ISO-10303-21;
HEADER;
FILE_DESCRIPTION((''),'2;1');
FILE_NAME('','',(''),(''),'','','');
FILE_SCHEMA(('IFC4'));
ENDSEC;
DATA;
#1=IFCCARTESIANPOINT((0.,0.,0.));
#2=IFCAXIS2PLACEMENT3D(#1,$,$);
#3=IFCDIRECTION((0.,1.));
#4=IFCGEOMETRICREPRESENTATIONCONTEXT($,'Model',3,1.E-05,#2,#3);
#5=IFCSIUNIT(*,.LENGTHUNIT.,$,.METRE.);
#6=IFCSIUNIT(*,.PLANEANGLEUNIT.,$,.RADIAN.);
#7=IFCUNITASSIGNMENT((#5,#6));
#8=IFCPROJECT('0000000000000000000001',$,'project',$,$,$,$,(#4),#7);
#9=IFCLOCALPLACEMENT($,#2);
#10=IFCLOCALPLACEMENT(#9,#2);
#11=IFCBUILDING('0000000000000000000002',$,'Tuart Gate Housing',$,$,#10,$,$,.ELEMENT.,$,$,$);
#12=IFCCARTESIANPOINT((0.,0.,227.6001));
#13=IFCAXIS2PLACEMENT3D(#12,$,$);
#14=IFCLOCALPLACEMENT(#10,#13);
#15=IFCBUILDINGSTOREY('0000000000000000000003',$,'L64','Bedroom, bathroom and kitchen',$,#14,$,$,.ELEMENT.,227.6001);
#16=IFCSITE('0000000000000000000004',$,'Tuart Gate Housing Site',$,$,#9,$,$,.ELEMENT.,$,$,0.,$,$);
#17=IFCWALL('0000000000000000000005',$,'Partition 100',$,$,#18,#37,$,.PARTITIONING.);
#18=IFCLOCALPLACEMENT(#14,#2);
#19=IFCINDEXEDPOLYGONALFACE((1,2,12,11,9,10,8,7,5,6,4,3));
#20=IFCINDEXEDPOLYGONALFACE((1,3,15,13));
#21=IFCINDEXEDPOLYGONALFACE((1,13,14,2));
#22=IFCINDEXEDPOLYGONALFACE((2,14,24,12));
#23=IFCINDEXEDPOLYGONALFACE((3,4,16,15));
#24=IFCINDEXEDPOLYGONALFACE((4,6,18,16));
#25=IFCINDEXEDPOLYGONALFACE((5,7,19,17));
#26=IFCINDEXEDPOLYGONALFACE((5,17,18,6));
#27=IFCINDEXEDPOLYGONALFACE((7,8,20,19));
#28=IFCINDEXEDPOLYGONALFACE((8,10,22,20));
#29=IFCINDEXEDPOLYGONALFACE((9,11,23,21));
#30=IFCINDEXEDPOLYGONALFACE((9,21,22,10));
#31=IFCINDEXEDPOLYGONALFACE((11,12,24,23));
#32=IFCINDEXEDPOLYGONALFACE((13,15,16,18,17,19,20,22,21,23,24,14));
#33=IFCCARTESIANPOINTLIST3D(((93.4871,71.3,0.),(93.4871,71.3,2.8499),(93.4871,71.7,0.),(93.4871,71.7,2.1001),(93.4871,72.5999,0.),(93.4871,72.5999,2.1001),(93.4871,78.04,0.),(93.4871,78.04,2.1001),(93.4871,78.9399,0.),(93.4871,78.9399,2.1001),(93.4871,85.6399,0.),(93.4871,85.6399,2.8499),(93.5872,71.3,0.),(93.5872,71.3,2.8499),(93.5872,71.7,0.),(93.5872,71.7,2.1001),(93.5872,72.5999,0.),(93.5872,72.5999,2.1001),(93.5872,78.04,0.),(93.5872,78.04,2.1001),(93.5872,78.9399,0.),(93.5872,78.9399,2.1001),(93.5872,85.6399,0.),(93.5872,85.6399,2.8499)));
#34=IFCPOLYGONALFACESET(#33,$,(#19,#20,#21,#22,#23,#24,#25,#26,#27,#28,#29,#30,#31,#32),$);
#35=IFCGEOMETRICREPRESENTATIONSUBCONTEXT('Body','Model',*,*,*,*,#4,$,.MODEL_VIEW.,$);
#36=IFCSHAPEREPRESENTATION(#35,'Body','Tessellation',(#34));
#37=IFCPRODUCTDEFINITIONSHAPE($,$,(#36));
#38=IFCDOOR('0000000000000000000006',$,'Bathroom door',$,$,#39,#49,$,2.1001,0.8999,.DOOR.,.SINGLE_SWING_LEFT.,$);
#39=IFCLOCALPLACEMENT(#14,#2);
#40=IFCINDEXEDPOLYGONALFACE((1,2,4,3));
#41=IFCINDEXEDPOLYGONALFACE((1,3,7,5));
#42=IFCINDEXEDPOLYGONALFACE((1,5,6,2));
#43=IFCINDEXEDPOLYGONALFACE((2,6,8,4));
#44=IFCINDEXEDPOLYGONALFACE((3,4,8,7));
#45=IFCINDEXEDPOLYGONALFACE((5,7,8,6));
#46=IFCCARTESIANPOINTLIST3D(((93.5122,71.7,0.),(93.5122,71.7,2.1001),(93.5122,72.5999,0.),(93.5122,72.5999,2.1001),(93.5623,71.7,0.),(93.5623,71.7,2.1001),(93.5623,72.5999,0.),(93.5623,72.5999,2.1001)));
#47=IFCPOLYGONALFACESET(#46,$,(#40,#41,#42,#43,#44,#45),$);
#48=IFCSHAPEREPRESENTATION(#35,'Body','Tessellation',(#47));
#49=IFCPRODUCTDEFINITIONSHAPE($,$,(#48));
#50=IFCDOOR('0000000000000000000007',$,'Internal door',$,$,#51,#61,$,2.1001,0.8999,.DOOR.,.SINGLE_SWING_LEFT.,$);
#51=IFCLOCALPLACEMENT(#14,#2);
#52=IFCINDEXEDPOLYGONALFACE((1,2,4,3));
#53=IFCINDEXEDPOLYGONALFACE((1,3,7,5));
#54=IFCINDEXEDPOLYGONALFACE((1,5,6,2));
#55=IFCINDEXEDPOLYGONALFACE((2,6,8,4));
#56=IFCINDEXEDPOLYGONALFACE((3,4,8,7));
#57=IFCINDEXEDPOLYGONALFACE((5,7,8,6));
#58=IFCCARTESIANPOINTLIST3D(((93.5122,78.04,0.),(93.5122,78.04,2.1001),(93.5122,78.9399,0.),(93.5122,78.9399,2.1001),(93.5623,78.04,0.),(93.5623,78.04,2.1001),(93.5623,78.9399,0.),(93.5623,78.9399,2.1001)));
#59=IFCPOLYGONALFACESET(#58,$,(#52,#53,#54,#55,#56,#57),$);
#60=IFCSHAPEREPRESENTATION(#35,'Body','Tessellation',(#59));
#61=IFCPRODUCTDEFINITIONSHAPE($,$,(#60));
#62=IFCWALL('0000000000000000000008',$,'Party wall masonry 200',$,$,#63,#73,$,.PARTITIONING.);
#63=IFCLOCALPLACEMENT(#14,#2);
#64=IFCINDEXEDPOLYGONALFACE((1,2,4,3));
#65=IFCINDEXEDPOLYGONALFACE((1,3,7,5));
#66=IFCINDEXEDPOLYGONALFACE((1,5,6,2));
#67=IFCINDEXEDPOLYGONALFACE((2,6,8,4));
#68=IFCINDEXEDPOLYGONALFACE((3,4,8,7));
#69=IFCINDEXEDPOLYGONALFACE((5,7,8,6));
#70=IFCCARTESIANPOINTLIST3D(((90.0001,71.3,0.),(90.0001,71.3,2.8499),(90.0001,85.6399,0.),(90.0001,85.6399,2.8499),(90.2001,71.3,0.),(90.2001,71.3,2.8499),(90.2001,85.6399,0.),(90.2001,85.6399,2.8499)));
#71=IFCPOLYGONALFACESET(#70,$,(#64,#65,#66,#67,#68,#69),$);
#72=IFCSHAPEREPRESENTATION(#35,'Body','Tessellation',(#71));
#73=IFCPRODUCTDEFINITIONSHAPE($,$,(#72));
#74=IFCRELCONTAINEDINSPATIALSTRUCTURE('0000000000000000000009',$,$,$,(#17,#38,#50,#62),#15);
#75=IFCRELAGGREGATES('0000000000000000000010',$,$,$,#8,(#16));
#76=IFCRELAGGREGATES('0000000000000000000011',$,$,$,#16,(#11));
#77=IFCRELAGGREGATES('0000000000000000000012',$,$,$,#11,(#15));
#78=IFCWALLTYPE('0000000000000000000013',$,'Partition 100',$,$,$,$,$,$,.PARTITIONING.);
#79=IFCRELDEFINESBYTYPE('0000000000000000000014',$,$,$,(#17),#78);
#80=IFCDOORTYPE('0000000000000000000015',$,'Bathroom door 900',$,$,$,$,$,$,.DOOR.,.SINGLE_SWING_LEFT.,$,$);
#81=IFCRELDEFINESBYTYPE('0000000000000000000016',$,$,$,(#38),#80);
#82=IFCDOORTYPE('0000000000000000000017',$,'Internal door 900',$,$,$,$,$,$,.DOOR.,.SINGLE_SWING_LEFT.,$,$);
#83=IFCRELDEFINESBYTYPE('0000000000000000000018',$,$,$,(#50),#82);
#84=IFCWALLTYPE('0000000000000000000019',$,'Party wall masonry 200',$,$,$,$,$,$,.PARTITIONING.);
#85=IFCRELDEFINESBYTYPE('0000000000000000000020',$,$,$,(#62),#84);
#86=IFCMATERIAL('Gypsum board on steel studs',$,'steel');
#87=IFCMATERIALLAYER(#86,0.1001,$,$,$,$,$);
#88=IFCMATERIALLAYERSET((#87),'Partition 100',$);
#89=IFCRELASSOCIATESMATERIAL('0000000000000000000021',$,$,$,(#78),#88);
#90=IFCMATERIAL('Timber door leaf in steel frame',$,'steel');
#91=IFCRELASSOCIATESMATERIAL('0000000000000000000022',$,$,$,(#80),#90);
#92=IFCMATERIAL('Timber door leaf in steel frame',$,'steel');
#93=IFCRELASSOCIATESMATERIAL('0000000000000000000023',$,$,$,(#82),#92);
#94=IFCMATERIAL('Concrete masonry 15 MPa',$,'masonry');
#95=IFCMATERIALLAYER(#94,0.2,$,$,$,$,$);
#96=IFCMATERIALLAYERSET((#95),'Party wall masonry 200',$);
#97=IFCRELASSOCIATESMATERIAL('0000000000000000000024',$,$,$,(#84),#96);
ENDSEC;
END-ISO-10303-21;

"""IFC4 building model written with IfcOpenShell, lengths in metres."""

from ifc_helpers import new_model, si_unit, direction, frame, frame_2d, origin, place, context, subcontext, project, spatial, rectangle, extrude, material, layer, layer_set, type_object, element, fill, save


model = new_model("IFC4")

# Units and contexts
model_context = context("Model", 3, precision=1e-05, world=origin(), true_north=direction((0.0, 1.0)))
body_context = subcontext(model_context, "Body", "Model", "MODEL_VIEW")
ifc_project = project(units=[si_unit("LENGTHUNIT", "METRE"), si_unit("PLANEANGLEUNIT", "RADIAN")], contexts=[model_context])

# Site, building, storey
site_placement = place(None, origin())
site = spatial("IfcSite", under=ifc_project, at=site_placement, Name="Tuart Gate Housing Site", CompositionType="ELEMENT", RefElevation=0.0)
building_placement = place(site_placement, origin())
building = spatial("IfcBuilding", under=site, at=building_placement, Name="Tuart Gate Housing", CompositionType="ELEMENT")
storey_placement = place(building_placement, frame((0.0, 0.0, 227.6001)))
storey = spatial("IfcBuildingStorey", under=building, at=storey_placement, Name="L64", Description="Bedroom, bathroom and kitchen", CompositionType="ELEMENT", Elevation=227.6001)

# Shared definitions
ifc_material_1 = material(Name="Gypsum board on steel studs", Category="steel")
ifc_layer_1 = layer(ifc_material_1, 0.1001)
ifc_layer_set_1 = layer_set([ifc_layer_1], Name="Partition 100")
wall_type_1 = type_object("IfcWallType", Name="Partition 100", PredefinedType="PARTITIONING", material=ifc_layer_set_1)

# Wall, openings, doors
wall_1_placement = place(storey_placement, frame((93.5371, 71.3, 0.0), z_axis=(0.0, 0.0, 1.0), x_axis=(0.0, 1.0, 0.0)))
wall_1 = element("IfcWall", 1, at=wall_1_placement, inside=storey, type_object=wall_type_1, Name="Partition 100", PredefinedType="PARTITIONING", context=body_context, shape_type="SweptSolid", body=[
    extrude(rectangle(XDim=14.3398, YDim=0.1001, at=frame_2d((7.1699, 0.0))), origin(), (0.0, 0.0, 1.0), 2.8499),
])
opening_1_placement = place(wall_1_placement, frame((6.74, 0.0, 0.0)))
opening_1 = element("IfcOpeningElement", 2, at=opening_1_placement, cuts=wall_1, PredefinedType="OPENING", context=body_context, shape_type="SweptSolid", body=[
    extrude(rectangle(XDim=0.8999, YDim=2.1001, at=frame_2d((0.45, 1.05))), frame((0.0, 0.0601, 0.0), z_axis=(0.0, -1.0, 0.0), x_axis=(1.0, 0.0, 0.0)), (0.0, 0.0, 1.0), 0.1201),
])
opening_2_placement = place(wall_1_placement, frame((0.3999, 0.0, 0.0)))
opening_2 = element("IfcOpeningElement", 3, at=opening_2_placement, cuts=wall_1, PredefinedType="OPENING", context=body_context, shape_type="SweptSolid", body=[
    extrude(rectangle(XDim=0.8999, YDim=2.1001, at=frame_2d((0.45, 1.05))), frame((0.0, 0.0601, 0.0), z_axis=(0.0, -1.0, 0.0), x_axis=(1.0, 0.0, 0.0)), (0.0, 0.0, 1.0), 0.1201),
])
ifc_material_2 = material(Name="Timber door leaf in steel frame", Category="steel")
door_type_1 = type_object("IfcDoorType", Name="Bathroom door 900", OperationType="SINGLE_SWING_LEFT", PredefinedType="DOOR", material=ifc_material_2)
door_1_placement = place(opening_2_placement, origin())
door_1 = element("IfcDoor", 4, at=door_1_placement, inside=storey, type_object=door_type_1, Name="Bathroom door", OperationType="SINGLE_SWING_LEFT", OverallHeight=2.1001, OverallWidth=0.8999, PredefinedType="DOOR", context=body_context, shape_type="SweptSolid", body=[
    extrude(rectangle(XDim=0.8999, YDim=2.1001, at=frame_2d((0.45, 1.05))), frame((0.0, 0.0249, 0.0), z_axis=(0.0, -1.0, 0.0), x_axis=(1.0, 0.0, 0.0)), (0.0, 0.0, 1.0), 0.05),
])
fill(opening_2, door_1)
ifc_material_3 = material(Name="Timber door leaf in steel frame", Category="steel")
door_type_2 = type_object("IfcDoorType", Name="Internal door 900", OperationType="SINGLE_SWING_LEFT", PredefinedType="DOOR", material=ifc_material_3)
door_2_placement = place(opening_1_placement, origin())
door_2 = element("IfcDoor", 5, at=door_2_placement, inside=storey, type_object=door_type_2, Name="Internal door", OperationType="SINGLE_SWING_LEFT", OverallHeight=2.1001, OverallWidth=0.8999, PredefinedType="DOOR", context=body_context, shape_type="SweptSolid", body=[
    extrude(rectangle(XDim=0.8999, YDim=2.1001, at=frame_2d((0.45, 1.05))), frame((0.0, 0.0249, 0.0), z_axis=(0.0, -1.0, 0.0), x_axis=(1.0, 0.0, 0.0)), (0.0, 0.0, 1.0), 0.05),
])
fill(opening_1, door_2)

# Wall
ifc_material_4 = material(Name="Concrete masonry 15 MPa", Category="masonry")
ifc_layer_2 = layer(ifc_material_4, 0.2)
ifc_layer_set_2 = layer_set([ifc_layer_2], Name="Party wall masonry 200")
wall_type_2 = type_object("IfcWallType", Name="Party wall masonry 200", PredefinedType="PARTITIONING", material=ifc_layer_set_2)
wall_2_placement = place(storey_placement, frame((90.1001, 71.3, 0.0), z_axis=(0.0, 0.0, 1.0), x_axis=(0.0, 1.0, 0.0)))
element("IfcWall", 6, at=wall_2_placement, inside=storey, type_object=wall_type_2, Name="Party wall masonry 200", PredefinedType="PARTITIONING", context=body_context, shape_type="SweptSolid", body=[
    extrude(rectangle(XDim=14.3398, YDim=0.2, at=frame_2d((7.1699, 0.0))), origin(), (0.0, 0.0, 1.0), 2.8499),
])

save(model, "model.ifc")
